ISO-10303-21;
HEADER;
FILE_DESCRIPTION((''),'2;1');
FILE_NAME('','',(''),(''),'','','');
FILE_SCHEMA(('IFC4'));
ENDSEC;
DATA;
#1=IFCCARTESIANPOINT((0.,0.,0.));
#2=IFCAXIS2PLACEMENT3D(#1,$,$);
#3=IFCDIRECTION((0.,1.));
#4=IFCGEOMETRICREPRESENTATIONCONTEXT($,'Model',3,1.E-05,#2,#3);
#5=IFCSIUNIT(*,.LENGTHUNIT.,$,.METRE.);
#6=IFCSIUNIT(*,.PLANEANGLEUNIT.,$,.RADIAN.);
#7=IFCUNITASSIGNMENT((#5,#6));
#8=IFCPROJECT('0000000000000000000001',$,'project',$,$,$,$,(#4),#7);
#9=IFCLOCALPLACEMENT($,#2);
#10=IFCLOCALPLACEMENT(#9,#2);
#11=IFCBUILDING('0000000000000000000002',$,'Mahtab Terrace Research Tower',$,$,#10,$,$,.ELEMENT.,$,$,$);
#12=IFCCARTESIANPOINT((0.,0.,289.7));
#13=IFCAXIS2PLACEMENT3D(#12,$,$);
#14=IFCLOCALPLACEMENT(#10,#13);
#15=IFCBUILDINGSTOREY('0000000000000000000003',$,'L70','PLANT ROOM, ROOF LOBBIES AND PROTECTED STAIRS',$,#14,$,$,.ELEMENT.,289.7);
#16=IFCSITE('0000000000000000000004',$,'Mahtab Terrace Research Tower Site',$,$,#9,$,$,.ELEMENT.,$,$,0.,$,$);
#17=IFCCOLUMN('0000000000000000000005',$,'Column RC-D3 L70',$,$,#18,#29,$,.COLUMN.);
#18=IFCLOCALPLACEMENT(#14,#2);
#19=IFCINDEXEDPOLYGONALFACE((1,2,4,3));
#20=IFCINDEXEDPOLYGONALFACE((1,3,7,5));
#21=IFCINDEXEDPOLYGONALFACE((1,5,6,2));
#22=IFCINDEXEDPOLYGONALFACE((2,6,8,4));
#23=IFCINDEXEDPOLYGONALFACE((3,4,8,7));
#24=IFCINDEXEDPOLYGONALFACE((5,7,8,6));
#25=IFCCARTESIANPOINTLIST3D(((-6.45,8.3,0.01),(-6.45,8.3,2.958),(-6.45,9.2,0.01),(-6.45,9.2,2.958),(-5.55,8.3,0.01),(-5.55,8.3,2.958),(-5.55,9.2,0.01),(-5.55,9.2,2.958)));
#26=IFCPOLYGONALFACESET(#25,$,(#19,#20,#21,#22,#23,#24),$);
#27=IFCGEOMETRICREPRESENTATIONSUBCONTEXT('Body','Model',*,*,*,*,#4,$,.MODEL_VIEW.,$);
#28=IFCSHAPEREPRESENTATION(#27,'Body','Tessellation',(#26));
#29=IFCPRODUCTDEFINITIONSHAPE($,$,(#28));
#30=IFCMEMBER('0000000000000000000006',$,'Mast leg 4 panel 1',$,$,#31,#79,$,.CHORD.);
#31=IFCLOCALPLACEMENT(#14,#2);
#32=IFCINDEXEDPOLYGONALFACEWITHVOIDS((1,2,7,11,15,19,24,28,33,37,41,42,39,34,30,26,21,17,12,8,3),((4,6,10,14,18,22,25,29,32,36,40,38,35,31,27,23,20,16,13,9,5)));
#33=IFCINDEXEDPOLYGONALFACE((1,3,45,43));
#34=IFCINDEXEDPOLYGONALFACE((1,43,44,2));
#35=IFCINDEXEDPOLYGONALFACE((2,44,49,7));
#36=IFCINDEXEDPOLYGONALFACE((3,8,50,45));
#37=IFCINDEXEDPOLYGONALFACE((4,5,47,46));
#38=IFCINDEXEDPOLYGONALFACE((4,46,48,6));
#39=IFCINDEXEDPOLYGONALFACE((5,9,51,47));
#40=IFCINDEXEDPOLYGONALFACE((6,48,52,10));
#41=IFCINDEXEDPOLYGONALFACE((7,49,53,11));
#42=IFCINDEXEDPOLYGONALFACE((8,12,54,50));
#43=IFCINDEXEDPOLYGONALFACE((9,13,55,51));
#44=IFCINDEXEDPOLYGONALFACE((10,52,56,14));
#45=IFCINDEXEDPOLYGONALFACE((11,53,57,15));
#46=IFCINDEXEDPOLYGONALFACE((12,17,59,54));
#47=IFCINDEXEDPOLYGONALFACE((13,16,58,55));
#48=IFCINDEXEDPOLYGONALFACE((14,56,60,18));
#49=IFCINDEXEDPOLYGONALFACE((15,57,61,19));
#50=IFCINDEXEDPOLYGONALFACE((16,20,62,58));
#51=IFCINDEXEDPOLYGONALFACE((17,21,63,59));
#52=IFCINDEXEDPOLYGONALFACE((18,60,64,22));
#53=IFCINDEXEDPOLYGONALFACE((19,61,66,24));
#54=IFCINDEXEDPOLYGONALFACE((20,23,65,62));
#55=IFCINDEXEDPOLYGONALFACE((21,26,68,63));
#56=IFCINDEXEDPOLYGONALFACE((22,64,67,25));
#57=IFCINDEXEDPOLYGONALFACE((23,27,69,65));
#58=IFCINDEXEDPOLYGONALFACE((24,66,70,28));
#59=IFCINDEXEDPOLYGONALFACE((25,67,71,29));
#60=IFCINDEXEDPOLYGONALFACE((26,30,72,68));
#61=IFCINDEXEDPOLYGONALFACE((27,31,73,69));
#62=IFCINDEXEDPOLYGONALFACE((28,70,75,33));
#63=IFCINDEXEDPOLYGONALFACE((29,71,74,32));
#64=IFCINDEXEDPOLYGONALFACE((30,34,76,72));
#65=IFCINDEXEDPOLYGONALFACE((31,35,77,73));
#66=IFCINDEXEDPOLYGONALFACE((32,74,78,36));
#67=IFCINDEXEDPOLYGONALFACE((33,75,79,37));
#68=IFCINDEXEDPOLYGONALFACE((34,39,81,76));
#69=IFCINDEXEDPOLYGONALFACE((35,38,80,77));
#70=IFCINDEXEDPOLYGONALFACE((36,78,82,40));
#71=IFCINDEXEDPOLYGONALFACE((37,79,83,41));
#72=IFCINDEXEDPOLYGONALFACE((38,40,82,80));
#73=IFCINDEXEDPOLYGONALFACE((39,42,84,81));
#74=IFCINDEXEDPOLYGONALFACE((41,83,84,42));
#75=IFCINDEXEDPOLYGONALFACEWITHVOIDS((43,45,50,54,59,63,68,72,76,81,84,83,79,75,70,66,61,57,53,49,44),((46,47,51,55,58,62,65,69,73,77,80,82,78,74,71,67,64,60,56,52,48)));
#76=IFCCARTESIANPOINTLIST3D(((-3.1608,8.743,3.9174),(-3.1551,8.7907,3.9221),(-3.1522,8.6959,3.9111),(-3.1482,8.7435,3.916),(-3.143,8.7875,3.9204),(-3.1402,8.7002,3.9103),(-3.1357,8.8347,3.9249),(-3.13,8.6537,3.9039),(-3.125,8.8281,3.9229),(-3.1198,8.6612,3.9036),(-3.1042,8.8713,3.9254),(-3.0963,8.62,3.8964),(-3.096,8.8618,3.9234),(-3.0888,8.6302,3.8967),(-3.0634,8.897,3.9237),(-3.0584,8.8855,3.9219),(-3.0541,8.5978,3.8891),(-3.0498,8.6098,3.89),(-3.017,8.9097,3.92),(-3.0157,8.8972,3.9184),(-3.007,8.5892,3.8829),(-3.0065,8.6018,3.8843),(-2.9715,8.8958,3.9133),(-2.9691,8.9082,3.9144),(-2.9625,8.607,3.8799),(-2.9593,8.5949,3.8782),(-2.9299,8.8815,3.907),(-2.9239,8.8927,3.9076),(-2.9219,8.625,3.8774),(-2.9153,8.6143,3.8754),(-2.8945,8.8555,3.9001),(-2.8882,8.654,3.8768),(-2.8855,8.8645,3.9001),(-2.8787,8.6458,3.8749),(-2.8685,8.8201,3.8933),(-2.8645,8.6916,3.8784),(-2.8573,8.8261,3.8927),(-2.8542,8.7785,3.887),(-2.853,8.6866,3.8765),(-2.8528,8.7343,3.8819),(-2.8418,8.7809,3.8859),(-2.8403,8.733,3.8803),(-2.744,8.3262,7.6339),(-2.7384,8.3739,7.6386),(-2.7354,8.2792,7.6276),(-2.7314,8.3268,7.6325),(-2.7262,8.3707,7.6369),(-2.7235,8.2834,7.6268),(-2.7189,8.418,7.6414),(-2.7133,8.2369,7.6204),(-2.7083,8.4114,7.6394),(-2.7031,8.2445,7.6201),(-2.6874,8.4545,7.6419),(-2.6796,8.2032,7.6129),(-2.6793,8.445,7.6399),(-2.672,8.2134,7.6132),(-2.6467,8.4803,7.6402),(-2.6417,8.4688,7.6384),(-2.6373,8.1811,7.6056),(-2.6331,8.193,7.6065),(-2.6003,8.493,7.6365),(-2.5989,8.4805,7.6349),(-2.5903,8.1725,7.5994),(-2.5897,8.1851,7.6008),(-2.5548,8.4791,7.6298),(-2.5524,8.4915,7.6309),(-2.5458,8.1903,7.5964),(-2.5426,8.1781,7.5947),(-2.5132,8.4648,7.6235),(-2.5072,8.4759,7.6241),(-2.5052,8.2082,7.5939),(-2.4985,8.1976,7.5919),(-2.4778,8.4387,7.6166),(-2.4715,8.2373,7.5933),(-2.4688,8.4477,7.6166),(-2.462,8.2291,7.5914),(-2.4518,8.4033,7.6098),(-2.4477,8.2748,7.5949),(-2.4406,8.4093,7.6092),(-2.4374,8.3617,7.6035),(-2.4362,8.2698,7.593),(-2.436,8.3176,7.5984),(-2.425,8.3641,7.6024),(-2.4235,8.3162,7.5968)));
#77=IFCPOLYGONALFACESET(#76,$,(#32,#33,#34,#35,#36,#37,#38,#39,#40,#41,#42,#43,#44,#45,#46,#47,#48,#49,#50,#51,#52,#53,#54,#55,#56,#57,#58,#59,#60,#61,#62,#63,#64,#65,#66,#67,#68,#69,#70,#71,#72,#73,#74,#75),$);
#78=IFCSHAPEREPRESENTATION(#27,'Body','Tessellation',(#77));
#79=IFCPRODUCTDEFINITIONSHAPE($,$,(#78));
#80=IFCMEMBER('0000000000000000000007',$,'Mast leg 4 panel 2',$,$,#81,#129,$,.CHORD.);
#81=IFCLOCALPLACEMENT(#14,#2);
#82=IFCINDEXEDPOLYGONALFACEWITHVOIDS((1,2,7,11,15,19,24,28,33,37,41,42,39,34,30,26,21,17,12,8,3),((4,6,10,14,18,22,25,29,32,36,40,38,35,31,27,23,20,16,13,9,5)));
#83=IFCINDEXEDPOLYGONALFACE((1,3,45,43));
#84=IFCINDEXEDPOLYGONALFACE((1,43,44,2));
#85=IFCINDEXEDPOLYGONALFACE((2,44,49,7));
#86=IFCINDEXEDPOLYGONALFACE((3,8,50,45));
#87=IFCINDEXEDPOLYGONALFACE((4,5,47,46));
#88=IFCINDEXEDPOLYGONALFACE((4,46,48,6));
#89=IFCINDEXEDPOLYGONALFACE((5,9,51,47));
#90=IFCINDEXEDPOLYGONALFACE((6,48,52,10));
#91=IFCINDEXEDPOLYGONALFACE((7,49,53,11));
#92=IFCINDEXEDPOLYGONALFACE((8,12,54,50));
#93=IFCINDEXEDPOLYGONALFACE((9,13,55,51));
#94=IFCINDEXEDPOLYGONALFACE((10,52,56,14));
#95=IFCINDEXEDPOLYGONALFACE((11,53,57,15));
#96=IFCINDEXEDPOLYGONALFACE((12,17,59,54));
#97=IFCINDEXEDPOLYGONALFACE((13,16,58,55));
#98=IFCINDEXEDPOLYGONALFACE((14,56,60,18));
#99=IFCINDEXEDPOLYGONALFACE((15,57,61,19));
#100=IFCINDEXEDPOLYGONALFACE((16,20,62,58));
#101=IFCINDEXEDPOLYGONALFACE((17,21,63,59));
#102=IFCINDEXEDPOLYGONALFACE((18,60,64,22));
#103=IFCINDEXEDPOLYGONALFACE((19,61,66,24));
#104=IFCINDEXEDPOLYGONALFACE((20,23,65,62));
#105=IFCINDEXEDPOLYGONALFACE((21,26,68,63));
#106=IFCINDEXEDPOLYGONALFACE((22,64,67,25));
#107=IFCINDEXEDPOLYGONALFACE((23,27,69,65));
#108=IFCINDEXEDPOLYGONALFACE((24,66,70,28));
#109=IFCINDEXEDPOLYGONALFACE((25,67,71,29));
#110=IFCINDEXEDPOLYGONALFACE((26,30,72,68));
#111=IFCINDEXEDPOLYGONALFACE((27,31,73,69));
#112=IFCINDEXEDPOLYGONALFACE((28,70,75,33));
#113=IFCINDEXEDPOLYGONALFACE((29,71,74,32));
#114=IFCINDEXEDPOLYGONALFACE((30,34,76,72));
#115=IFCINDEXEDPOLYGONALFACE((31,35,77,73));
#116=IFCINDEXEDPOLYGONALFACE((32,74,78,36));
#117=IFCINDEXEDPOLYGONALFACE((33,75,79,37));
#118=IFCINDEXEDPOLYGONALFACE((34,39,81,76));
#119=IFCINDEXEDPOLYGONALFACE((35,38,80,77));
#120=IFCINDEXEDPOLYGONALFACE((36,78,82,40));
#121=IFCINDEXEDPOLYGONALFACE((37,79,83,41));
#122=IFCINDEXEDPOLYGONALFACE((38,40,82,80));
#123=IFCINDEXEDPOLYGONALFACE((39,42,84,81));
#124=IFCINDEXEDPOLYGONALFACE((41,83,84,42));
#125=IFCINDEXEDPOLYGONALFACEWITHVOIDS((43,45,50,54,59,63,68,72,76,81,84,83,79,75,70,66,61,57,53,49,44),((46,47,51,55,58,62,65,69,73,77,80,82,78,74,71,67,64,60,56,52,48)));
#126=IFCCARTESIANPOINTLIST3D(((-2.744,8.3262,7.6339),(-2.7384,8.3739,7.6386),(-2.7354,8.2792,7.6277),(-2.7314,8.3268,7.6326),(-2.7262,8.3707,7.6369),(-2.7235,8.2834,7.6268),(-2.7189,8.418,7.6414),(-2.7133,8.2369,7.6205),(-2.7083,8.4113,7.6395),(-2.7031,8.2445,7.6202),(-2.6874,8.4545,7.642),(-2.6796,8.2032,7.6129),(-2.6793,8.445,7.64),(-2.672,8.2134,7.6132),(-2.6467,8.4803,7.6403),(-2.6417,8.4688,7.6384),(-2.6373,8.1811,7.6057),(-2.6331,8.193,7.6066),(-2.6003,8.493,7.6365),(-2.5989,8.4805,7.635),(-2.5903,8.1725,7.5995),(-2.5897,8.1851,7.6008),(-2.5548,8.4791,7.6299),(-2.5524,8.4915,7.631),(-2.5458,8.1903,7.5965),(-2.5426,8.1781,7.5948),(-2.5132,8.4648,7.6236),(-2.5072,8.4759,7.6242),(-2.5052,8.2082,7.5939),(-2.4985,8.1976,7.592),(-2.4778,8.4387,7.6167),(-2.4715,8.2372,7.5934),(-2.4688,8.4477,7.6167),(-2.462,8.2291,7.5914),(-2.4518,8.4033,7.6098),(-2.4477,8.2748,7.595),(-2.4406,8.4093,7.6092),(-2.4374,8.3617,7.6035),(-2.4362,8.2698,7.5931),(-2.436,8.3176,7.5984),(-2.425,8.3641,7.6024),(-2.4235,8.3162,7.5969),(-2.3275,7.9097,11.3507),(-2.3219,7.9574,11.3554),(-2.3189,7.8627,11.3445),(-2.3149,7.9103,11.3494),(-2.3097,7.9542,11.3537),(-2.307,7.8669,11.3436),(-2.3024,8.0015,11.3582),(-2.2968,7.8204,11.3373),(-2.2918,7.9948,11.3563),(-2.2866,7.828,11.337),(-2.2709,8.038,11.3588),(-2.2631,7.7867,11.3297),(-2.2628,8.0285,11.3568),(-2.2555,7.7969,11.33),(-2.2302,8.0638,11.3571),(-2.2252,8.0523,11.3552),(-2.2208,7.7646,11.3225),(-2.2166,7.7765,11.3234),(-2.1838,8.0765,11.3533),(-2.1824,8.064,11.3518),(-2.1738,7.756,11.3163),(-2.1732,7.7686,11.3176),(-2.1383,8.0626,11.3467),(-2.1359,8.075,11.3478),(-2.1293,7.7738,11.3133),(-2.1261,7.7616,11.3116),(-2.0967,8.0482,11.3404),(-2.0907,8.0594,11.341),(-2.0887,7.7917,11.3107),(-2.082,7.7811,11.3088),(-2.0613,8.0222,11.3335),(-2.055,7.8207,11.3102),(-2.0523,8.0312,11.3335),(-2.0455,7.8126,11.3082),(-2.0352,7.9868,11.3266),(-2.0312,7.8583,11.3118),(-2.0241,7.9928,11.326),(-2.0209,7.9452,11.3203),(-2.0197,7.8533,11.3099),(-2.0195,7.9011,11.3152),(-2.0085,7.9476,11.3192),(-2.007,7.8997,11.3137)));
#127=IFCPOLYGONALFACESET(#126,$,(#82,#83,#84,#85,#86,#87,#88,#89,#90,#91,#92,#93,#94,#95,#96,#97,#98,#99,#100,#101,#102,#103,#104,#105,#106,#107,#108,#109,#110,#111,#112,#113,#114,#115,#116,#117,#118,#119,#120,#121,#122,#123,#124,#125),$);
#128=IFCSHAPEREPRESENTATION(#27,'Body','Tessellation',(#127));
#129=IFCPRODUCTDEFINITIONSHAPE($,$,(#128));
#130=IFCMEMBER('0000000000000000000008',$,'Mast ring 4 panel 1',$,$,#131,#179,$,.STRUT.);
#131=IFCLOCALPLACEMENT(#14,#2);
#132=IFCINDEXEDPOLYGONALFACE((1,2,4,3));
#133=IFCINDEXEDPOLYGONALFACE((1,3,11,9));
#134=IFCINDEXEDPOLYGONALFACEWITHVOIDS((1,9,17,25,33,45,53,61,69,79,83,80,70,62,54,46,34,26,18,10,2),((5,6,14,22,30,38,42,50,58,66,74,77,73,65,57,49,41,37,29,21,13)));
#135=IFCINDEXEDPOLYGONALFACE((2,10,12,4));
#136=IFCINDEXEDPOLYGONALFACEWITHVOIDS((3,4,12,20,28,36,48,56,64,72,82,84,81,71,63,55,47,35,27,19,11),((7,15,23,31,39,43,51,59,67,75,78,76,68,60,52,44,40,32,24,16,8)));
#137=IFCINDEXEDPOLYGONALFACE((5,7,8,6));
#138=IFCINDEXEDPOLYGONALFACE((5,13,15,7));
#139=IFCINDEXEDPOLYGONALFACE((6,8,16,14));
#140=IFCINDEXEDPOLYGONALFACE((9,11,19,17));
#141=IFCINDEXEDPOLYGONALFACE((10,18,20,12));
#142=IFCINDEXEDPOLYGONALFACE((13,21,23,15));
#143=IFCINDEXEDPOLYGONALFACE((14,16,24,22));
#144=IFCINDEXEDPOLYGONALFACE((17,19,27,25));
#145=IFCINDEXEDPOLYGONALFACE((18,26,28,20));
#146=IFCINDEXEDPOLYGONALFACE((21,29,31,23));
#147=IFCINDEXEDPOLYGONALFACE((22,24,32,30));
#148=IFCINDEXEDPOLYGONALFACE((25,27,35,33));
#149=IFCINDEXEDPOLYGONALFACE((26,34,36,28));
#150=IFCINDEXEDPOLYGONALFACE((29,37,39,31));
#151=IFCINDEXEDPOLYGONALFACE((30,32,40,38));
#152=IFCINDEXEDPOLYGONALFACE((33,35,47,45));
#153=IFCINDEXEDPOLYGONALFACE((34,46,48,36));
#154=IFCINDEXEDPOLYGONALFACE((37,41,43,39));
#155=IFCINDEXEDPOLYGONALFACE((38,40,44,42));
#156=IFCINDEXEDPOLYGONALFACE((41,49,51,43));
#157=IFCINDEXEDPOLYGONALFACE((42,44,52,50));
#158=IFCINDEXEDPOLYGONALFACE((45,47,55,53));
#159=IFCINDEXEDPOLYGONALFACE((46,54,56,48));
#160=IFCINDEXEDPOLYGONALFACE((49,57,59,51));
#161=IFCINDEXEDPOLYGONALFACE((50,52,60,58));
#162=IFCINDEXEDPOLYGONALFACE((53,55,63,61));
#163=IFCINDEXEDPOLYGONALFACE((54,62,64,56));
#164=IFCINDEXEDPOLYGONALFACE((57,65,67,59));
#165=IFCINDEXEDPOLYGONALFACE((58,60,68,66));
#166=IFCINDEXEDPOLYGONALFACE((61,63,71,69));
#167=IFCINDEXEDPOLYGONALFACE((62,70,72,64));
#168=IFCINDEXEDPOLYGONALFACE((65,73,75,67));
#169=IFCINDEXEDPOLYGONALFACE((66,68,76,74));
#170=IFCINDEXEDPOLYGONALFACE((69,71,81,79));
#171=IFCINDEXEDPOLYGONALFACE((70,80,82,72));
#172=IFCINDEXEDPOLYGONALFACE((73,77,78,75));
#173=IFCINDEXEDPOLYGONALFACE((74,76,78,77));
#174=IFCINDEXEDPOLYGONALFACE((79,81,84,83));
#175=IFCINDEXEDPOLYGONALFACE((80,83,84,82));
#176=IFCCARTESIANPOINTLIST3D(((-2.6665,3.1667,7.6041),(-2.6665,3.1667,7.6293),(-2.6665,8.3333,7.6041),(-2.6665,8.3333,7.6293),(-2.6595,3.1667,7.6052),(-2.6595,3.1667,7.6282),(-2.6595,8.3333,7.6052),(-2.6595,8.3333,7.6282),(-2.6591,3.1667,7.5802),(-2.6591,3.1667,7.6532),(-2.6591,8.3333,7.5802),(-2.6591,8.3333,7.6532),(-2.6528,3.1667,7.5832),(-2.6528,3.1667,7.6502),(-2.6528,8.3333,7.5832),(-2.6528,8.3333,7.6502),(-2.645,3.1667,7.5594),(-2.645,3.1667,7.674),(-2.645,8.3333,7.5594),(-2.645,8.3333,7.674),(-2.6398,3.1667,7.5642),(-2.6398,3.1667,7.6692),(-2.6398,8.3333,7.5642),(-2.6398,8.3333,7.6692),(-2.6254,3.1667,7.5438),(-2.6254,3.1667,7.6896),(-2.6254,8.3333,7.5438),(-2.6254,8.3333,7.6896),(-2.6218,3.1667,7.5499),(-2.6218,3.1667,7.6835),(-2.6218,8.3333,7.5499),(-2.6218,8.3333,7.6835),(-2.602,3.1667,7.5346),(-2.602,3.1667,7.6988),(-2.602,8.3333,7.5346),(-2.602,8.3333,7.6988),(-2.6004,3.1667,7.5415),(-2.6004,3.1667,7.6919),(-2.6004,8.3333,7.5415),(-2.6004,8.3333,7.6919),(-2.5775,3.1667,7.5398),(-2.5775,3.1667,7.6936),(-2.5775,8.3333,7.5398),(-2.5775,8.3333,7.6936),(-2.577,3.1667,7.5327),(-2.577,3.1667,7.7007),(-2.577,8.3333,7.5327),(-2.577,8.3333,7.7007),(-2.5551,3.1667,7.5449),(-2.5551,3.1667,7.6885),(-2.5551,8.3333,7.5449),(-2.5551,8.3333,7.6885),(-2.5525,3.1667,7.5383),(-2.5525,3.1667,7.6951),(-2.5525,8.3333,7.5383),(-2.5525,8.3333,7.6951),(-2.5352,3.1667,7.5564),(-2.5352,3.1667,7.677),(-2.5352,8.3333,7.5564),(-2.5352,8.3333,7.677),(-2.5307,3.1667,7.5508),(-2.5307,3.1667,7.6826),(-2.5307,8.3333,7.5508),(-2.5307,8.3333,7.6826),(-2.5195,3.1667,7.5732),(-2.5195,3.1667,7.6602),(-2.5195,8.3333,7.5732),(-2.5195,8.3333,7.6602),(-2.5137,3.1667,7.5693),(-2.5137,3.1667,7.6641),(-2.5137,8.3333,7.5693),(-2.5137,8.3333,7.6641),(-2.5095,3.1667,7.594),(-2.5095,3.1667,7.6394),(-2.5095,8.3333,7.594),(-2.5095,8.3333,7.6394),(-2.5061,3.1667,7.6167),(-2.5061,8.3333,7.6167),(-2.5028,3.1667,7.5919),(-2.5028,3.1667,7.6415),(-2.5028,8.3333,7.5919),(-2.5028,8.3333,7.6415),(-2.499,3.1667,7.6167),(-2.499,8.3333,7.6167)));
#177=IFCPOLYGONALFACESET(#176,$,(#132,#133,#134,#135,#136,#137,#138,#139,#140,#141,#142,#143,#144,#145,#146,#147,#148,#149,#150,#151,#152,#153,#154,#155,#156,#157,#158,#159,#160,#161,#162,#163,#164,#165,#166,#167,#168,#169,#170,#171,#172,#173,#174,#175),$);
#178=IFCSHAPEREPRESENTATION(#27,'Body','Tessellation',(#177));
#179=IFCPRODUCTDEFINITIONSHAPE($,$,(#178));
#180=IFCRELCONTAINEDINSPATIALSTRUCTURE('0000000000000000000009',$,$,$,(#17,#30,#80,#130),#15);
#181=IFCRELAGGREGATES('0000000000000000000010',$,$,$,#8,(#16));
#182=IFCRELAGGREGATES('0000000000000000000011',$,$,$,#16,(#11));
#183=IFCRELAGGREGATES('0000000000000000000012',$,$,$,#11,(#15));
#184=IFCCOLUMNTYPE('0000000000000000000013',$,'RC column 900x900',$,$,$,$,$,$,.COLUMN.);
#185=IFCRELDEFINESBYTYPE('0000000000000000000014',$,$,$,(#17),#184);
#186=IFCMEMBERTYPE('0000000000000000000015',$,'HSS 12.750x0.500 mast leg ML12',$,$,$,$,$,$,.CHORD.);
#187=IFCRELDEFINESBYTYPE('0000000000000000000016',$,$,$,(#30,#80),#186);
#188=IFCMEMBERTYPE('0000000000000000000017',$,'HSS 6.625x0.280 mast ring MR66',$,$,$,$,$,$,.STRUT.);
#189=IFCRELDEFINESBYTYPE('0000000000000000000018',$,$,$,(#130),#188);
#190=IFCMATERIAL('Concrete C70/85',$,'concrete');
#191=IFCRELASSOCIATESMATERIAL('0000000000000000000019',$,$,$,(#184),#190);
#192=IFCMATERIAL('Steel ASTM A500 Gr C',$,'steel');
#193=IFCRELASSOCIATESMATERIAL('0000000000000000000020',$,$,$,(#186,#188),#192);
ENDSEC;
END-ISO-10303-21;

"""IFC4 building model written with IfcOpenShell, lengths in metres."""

from ifc_helpers import new_model, si_unit, direction, frame, origin, origin_2d, place, context, subcontext, project, spatial, rectangle, hollow_circle, extrude, material, material_profile, profile_set, type_object, element, save


model = new_model("IFC4")

# Units and contexts
model_context = context("Model", 3, precision=1e-05, world=origin(), true_north=direction((0.0, 1.0)))
body_context = subcontext(model_context, "Body", "Model", "MODEL_VIEW")
ifc_project = project(units=[si_unit("LENGTHUNIT", "METRE"), si_unit("PLANEANGLEUNIT", "RADIAN")], contexts=[model_context])

# Site, building, storey
site_placement = place(None, origin())
site = spatial("IfcSite", under=ifc_project, at=site_placement, Name="Mahtab Terrace Research Tower Site", CompositionType="ELEMENT", RefElevation=0.0)
building_placement = place(site_placement, origin())
building = spatial("IfcBuilding", under=site, at=building_placement, Name="Mahtab Terrace Research Tower", CompositionType="ELEMENT")
storey_placement = place(building_placement, frame((0.0, 0.0, 289.7)))
storey = spatial("IfcBuildingStorey", under=building, at=storey_placement, Name="L70", Description="PLANT ROOM, ROOF LOBBIES AND PROTECTED STAIRS", CompositionType="ELEMENT", Elevation=289.7)

# Column
ifc_material_1 = material(Name="Concrete C70/85", Category="concrete")
ifc_material_profile_1 = material_profile(ifc_material_1, rectangle(XDim=0.8999, YDim=0.8999, at=origin_2d()), Name="RC column 900x900")
ifc_profile_set_1 = profile_set([ifc_material_profile_1], Name="Concrete C70/85")
column_type = type_object("IfcColumnType", Name="RC column 900x900", PredefinedType="COLUMN", material=ifc_profile_set_1)
column_placement = place(storey_placement, frame((-6.0, 8.75, 0.01), z_axis=(0.0, 0.0, 1.0), x_axis=(1.0, 0.0, 0.0)))
element("IfcColumn", 1, at=column_placement, inside=storey, type_object=column_type, Name="Column RC-D3 L70", PredefinedType="COLUMN", context=body_context, shape_type="SweptSolid", body=[
    extrude(rectangle(XDim=0.8999, YDim=0.8999, at=origin_2d()), origin(), (0.0, 0.0, 1.0), 2.948),
])

# Members
ifc_material_2 = material(Name="Steel ASTM A500 Gr C", Category="steel")
ifc_material_profile_2 = material_profile(ifc_material_2, hollow_circle(Radius=0.1619, WallThickness=0.0127, at=origin_2d()), Name="HSS12.750X0.500")
ifc_profile_set_2 = profile_set([ifc_material_profile_2], Name="Steel ASTM A500 Gr C")
member_type_1 = type_object("IfcMemberType", Name="HSS 12.750x0.500 mast leg ML12", PredefinedType="CHORD", material=ifc_profile_set_2)
member_1_placement = place(storey_placement, frame((-3.0, 8.75, 3.9001), z_axis=(0.110749, -0.110749, 0.987658), x_axis=(0.707107, 0.707107, 0.0)))
element("IfcMember", 2, at=member_1_placement, inside=storey, type_object=member_type_1, Name="Mast leg 4 panel 1", PredefinedType="CHORD", context=body_context, shape_type="SweptSolid", body=[
    extrude(hollow_circle(Radius=0.1619, WallThickness=0.0127, at=origin_2d()), origin(), (0.0, 0.0, 1.0), 3.7629),
])
member_2_placement = place(storey_placement, frame((-2.5833, 8.3333, 7.6167), z_axis=(0.110679, -0.110679, 0.987674), x_axis=(0.707107, 0.707107, 0.0)))
element("IfcMember", 3, at=member_2_placement, inside=storey, type_object=member_type_1, Name="Mast leg 4 panel 2", PredefinedType="CHORD", context=body_context, shape_type="SweptSolid", body=[
    extrude(hollow_circle(Radius=0.1619, WallThickness=0.0127, at=origin_2d()), origin(), (0.0, 0.0, 1.0), 3.7632),
])
ifc_material_profile_3 = material_profile(ifc_material_2, hollow_circle(Radius=0.0842, WallThickness=0.0071, at=origin_2d()), Name="HSS6.625X0.280")
ifc_profile_set_3 = profile_set([ifc_material_profile_3], Name="Steel ASTM A500 Gr C")
member_type_2 = type_object("IfcMemberType", Name="HSS 6.625x0.280 mast ring MR66", PredefinedType="STRUT", material=ifc_profile_set_3)
member_3_placement = place(storey_placement, frame((-2.5833, 8.3333, 7.6167), z_axis=(0.0, -1.0, 0.0), x_axis=(1.0, 0.0, 0.0)))
element("IfcMember", 4, at=member_3_placement, inside=storey, type_object=member_type_2, Name="Mast ring 4 panel 1", PredefinedType="STRUT", context=body_context, shape_type="SweptSolid", body=[
    extrude(hollow_circle(Radius=0.0842, WallThickness=0.0071, at=origin_2d()), origin(), (0.0, 0.0, 1.0), 5.1665),
])

save(model, "model.ifc")
